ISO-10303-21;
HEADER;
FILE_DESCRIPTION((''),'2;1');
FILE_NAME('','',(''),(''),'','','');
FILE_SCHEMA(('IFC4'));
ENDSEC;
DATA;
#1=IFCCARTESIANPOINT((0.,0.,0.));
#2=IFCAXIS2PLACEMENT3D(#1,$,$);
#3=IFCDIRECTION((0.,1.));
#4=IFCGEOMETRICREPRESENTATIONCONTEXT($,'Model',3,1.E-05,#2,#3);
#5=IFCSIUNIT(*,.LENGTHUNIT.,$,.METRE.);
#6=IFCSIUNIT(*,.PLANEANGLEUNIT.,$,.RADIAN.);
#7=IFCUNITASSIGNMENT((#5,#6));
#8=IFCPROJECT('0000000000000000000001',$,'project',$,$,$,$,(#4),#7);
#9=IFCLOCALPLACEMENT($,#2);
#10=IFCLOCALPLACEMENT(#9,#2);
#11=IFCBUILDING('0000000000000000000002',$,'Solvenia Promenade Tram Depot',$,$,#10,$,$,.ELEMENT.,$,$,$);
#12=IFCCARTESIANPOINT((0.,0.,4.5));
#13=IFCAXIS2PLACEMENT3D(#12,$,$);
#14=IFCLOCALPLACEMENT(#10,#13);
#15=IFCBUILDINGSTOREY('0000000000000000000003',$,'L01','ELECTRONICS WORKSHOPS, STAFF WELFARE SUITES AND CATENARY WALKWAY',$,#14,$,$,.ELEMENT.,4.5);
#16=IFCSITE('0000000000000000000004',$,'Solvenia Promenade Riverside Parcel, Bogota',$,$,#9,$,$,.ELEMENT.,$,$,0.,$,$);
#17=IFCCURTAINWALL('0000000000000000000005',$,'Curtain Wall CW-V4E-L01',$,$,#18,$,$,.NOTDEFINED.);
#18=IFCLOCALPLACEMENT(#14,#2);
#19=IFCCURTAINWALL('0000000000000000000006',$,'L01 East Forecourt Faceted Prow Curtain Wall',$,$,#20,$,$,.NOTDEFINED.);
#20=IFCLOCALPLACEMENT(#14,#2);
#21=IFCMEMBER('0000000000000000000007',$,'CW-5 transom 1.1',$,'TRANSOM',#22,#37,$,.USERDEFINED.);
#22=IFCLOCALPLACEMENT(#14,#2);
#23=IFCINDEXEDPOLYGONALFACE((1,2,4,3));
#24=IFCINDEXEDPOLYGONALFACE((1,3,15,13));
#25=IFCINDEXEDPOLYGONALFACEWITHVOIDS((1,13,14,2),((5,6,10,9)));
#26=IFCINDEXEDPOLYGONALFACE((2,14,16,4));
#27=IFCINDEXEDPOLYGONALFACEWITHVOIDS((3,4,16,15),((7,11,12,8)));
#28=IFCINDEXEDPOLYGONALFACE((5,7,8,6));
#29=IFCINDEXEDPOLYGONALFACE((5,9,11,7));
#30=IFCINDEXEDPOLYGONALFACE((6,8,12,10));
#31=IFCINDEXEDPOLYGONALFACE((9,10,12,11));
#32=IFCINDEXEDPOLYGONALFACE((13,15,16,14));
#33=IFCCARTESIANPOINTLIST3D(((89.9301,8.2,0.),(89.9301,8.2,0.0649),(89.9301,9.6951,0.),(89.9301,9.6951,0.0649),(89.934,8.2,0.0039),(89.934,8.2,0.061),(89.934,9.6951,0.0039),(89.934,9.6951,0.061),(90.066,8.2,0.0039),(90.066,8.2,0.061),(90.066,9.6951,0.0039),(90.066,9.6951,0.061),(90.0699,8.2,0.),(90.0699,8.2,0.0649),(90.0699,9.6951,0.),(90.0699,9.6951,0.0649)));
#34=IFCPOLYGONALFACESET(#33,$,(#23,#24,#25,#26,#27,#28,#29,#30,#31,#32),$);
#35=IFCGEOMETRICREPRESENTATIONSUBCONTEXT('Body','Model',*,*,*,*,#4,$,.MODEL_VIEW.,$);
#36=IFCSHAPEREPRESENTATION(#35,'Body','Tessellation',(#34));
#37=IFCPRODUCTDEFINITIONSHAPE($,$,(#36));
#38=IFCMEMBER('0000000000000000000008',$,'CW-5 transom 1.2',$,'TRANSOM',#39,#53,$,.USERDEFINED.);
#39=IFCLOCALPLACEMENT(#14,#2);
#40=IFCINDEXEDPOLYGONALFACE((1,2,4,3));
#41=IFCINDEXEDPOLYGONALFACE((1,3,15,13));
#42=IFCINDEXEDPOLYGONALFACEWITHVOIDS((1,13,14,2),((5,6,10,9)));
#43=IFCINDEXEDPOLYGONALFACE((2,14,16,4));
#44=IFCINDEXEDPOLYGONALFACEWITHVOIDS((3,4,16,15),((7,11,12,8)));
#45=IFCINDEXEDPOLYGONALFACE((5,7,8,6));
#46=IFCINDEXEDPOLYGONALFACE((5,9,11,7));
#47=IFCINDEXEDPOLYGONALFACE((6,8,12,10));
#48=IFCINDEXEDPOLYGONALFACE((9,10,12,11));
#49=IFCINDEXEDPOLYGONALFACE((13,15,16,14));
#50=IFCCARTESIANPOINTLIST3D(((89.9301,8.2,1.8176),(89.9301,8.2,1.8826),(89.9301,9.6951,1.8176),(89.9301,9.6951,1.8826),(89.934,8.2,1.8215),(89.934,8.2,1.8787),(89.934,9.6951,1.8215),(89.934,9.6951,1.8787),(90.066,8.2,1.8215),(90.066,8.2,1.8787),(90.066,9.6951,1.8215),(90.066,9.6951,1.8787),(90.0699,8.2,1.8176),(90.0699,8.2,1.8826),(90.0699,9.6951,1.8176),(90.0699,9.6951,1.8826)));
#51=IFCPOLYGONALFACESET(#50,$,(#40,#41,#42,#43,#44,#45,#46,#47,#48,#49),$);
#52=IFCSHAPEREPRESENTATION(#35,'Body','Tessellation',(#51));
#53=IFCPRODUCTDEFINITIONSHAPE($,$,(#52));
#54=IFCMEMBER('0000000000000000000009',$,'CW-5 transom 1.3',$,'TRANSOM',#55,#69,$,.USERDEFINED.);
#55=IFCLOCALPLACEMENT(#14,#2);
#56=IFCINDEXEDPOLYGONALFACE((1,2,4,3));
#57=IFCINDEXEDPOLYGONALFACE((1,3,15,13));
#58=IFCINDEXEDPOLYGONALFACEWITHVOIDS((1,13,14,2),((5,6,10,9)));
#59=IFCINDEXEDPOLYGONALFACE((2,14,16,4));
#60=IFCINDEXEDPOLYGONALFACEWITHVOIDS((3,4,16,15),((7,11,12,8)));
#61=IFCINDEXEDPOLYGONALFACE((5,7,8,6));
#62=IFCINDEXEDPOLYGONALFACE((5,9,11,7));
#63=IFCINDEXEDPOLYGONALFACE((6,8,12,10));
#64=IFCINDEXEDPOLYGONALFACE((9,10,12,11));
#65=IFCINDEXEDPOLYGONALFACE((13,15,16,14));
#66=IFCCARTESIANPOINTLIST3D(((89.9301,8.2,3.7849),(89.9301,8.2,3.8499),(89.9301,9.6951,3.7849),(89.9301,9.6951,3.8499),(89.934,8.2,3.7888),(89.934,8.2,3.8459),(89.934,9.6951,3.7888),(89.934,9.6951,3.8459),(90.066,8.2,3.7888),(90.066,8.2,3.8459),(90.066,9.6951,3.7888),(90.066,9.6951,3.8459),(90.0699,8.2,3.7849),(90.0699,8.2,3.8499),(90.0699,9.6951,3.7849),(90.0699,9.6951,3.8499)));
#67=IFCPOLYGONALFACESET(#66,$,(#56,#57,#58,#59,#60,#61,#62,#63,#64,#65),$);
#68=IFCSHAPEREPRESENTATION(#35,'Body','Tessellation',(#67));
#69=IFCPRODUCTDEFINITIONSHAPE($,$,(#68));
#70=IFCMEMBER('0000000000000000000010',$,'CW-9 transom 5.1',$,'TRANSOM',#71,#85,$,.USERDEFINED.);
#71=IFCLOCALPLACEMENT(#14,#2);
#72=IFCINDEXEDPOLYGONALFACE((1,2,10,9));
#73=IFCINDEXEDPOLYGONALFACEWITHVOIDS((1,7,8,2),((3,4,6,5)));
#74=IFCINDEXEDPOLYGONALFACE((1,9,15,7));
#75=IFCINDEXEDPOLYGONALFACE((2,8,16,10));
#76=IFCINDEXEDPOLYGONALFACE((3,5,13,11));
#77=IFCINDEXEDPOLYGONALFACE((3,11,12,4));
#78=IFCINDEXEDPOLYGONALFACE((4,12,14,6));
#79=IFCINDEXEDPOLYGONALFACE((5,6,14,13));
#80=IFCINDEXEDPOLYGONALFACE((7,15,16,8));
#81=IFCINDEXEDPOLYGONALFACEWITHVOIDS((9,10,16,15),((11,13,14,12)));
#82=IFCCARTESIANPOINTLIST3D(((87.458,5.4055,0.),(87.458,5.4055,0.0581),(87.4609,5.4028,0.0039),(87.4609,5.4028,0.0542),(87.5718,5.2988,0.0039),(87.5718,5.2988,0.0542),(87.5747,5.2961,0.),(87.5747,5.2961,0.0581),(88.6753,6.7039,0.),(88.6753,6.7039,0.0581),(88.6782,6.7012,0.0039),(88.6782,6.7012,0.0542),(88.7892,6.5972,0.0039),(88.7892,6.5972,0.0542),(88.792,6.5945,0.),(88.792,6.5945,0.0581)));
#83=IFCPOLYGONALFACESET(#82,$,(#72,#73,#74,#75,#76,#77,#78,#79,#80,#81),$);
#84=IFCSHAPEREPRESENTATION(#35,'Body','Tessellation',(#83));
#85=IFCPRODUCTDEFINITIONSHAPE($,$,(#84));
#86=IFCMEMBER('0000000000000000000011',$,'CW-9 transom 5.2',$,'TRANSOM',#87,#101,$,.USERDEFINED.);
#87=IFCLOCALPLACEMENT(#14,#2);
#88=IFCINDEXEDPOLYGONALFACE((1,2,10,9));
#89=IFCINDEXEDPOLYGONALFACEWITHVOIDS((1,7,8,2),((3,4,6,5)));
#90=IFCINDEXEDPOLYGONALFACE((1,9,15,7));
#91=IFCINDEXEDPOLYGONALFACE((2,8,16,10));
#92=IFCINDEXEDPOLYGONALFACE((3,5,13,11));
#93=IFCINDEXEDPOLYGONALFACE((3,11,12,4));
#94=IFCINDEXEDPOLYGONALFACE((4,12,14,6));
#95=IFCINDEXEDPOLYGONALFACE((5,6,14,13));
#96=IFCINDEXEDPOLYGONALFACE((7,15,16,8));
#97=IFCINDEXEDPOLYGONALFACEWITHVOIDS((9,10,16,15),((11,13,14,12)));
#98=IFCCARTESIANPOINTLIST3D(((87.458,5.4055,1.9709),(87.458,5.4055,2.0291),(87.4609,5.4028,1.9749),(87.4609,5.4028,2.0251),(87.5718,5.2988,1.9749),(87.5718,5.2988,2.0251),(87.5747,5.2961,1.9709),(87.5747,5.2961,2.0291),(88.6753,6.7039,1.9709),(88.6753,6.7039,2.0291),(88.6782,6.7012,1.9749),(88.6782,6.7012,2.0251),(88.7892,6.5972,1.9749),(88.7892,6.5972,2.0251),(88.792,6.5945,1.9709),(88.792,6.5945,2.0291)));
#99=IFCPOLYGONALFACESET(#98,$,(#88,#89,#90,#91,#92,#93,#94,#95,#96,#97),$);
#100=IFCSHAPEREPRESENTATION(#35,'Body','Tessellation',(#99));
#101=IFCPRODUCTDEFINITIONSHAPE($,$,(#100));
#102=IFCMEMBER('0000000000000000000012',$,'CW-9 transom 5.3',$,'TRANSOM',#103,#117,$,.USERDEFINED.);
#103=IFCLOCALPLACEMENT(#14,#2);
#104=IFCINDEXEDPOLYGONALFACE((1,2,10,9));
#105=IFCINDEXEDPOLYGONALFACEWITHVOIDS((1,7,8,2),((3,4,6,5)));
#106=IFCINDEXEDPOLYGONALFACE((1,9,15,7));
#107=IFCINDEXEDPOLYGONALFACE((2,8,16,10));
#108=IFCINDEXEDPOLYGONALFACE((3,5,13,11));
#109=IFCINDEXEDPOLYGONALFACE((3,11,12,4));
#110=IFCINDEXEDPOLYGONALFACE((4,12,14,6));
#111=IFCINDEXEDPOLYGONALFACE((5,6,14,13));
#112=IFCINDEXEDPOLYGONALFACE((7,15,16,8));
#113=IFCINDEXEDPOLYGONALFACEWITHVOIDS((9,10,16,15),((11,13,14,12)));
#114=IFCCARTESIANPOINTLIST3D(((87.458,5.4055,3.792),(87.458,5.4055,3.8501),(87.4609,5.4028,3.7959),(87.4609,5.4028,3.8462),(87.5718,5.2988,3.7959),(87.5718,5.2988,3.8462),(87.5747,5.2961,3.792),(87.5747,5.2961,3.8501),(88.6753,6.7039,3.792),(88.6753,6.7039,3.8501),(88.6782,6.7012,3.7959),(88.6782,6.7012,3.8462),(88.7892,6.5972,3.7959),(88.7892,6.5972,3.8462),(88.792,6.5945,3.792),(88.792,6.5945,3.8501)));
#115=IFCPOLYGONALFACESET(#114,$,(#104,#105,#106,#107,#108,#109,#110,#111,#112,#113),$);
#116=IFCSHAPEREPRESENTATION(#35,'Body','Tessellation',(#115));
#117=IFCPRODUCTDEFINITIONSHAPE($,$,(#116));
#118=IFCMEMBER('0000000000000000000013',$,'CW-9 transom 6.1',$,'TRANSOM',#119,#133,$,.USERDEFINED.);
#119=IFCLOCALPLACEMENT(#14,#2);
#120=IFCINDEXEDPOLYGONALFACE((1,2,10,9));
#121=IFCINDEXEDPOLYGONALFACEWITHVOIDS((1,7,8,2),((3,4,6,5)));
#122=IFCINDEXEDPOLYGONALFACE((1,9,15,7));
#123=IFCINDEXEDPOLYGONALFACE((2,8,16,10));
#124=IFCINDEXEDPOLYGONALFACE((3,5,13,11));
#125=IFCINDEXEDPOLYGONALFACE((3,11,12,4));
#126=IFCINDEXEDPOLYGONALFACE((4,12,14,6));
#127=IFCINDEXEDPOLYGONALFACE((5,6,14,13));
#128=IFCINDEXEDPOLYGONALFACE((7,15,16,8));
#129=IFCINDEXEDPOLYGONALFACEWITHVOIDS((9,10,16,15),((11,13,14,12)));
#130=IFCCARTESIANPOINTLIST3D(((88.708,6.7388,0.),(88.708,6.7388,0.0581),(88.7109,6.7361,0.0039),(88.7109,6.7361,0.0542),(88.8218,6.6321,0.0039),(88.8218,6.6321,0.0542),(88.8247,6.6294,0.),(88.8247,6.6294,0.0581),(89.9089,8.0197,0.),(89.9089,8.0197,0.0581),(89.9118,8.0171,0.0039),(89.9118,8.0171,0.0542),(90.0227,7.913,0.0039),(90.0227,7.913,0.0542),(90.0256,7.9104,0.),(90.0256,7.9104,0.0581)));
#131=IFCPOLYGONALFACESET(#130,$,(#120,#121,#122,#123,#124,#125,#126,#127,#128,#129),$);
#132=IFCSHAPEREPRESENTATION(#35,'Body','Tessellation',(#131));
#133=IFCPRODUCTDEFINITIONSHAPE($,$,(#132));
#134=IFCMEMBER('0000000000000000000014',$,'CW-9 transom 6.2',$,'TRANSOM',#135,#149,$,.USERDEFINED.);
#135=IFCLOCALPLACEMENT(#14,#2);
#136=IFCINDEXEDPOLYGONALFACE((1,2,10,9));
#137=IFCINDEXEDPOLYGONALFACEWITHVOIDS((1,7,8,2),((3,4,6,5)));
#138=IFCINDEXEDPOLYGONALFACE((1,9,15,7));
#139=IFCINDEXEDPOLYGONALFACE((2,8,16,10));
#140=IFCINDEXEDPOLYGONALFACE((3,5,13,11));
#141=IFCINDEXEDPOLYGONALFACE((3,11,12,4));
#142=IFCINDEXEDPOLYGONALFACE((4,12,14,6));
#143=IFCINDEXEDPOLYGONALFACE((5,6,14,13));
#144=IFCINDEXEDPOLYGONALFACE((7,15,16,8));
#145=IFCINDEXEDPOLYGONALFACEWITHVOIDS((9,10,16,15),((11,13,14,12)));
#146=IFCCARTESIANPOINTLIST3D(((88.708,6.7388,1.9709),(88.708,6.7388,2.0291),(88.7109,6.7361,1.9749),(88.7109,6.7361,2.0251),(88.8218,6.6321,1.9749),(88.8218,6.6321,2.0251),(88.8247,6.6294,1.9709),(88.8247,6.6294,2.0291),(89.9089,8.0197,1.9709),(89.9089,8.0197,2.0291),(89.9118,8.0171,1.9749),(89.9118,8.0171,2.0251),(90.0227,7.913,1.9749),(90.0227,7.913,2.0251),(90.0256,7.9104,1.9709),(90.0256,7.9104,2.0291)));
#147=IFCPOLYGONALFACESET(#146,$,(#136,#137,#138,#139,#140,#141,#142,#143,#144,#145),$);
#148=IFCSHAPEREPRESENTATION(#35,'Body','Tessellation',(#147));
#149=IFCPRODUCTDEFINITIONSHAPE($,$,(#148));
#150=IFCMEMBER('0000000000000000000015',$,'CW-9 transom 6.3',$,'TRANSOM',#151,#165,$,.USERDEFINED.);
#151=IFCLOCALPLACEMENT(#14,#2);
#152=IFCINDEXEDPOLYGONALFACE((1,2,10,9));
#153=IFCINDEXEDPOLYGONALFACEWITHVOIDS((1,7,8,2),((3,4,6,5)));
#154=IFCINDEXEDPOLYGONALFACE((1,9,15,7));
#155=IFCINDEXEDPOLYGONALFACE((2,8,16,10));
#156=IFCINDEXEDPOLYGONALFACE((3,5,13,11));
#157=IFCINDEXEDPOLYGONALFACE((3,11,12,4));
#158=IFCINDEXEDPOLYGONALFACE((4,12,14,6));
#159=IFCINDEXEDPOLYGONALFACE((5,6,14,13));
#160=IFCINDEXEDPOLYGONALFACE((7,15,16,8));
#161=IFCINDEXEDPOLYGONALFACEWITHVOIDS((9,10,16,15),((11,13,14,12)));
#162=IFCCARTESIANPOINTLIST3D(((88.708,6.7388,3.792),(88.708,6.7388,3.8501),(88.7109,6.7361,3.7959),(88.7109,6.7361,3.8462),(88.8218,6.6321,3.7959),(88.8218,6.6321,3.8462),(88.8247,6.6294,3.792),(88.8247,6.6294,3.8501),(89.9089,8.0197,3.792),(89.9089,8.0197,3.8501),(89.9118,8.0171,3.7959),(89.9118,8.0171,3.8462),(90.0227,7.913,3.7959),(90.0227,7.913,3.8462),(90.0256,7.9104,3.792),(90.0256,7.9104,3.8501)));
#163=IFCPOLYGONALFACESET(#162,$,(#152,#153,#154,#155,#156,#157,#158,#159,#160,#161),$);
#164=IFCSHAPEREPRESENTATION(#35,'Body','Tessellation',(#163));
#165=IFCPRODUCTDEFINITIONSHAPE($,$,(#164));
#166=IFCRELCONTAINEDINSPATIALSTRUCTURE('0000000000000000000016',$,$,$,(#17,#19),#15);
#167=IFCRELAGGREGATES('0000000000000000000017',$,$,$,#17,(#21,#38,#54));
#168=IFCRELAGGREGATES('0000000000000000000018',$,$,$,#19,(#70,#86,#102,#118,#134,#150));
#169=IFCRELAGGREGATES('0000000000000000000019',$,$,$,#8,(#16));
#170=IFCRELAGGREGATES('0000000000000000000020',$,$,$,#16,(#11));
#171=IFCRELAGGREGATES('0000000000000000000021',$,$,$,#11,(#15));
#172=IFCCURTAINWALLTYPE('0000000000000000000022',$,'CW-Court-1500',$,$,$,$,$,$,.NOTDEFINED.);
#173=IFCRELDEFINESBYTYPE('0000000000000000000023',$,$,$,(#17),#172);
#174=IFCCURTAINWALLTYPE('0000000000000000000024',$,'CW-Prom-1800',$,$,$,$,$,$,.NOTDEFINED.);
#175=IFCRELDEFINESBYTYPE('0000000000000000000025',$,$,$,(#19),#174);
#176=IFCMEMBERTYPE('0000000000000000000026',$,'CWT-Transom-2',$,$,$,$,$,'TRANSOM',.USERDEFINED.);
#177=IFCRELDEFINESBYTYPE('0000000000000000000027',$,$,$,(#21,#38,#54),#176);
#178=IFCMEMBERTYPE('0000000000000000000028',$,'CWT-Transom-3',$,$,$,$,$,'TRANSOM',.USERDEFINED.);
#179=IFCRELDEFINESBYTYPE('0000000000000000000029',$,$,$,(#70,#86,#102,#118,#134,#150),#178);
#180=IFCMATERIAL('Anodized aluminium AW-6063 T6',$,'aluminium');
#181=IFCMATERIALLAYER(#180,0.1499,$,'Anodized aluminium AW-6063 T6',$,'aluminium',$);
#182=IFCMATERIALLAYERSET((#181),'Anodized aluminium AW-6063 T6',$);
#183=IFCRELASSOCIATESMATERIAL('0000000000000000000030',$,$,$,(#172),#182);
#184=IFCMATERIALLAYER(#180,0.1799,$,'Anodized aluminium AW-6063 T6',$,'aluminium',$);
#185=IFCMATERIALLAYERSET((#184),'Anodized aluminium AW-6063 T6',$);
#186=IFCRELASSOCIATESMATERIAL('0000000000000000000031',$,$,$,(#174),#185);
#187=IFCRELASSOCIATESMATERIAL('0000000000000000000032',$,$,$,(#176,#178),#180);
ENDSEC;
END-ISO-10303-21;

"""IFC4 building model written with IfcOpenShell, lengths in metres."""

from ifc_helpers import new_model, si_unit, direction, frame, origin, origin_2d, place, context, subcontext, project, spatial, hollow_rectangle, extrude, material, layer, layer_set, material_profile, profile_set, type_object, element, aggregate, save


model = new_model("IFC4")

# Units and contexts
model_context = context("Model", 3, precision=1e-05, world=origin(), true_north=direction((0.0, 1.0)))
body_context = subcontext(model_context, "Body", "Model", "MODEL_VIEW")
ifc_project = project(units=[si_unit("LENGTHUNIT", "METRE"), si_unit("PLANEANGLEUNIT", "RADIAN")], contexts=[model_context])

# Site, building, storey
site_placement = place(None, origin())
site = spatial("IfcSite", under=ifc_project, at=site_placement, Name="Solvenia Promenade Riverside Parcel, Bogota", CompositionType="ELEMENT", RefElevation=0.0)
building_placement = place(site_placement, origin())
building = spatial("IfcBuilding", under=site, at=building_placement, Name="Solvenia Promenade Tram Depot", CompositionType="ELEMENT")
storey_placement = place(building_placement, frame((0.0, 0.0, 4.5)))
storey = spatial("IfcBuildingStorey", under=building, at=storey_placement, Name="L01", Description="ELECTRONICS WORKSHOPS, STAFF WELFARE SUITES AND CATENARY WALKWAY", CompositionType="ELEMENT", Elevation=4.5)

# Curtain walls
ifc_material_1 = material(Name="Anodized aluminium AW-6063 T6", Category="aluminium")
ifc_layer_1 = layer(ifc_material_1, 0.1499, Name="Anodized aluminium AW-6063 T6", Category="aluminium")
ifc_layer_set_1 = layer_set([ifc_layer_1], Name="Anodized aluminium AW-6063 T6")
curtain_wall_type_1 = type_object("IfcCurtainWallType", Name="CW-Court-1500", PredefinedType="NOTDEFINED", material=ifc_layer_set_1)
curtain_wall_1_placement = place(storey_placement, origin())
curtain_wall_1 = element("IfcCurtainWall", 1, at=curtain_wall_1_placement, inside=storey, type_object=curtain_wall_type_1, Name="Curtain Wall CW-V4E-L01", PredefinedType="NOTDEFINED")
ifc_layer_2 = layer(ifc_material_1, 0.1799, Name="Anodized aluminium AW-6063 T6", Category="aluminium")
ifc_layer_set_2 = layer_set([ifc_layer_2], Name="Anodized aluminium AW-6063 T6")
curtain_wall_type_2 = type_object("IfcCurtainWallType", Name="CW-Prom-1800", PredefinedType="NOTDEFINED", material=ifc_layer_set_2)
curtain_wall_2_placement = place(storey_placement, origin())
curtain_wall_2 = element("IfcCurtainWall", 2, at=curtain_wall_2_placement, inside=storey, type_object=curtain_wall_type_2, Name="L01 East Forecourt Faceted Prow Curtain Wall", PredefinedType="NOTDEFINED")

# Members
ifc_material_profile_1 = material_profile(ifc_material_1, hollow_rectangle(XDim=0.1399, YDim=0.0649, WallThickness=0.0039, at=origin_2d()), Name="ALU-T2", Category="aluminium")
ifc_profile_set_1 = profile_set([ifc_material_profile_1], Name="Anodized aluminium AW-6063 T6")
member_type_1 = type_object("IfcMemberType", Name="CWT-Transom-2", ElementType="TRANSOM", PredefinedType="USERDEFINED", material=ifc_profile_set_1)
member_1_placement = place(storey_placement, frame((90.0, 8.2, 0.0325), z_axis=(0.0, 1.0, 0.0), x_axis=(-1.0, 0.0, 0.0)))
member_1 = element("IfcMember", 3, at=member_1_placement, type_object=member_type_1, Name="CW-5 transom 1.1", ObjectType="TRANSOM", PredefinedType="USERDEFINED", context=body_context, shape_type="SweptSolid", body=[
    extrude(hollow_rectangle(XDim=0.1399, YDim=0.0649, WallThickness=0.0039, at=origin_2d()), origin(), (0.0, 0.0, 1.0), 1.4951),
])
member_2_placement = place(storey_placement, frame((90.0, 8.2, 1.8501), z_axis=(0.0, 1.0, 0.0), x_axis=(-1.0, 0.0, 0.0)))
member_2 = element("IfcMember", 4, at=member_2_placement, type_object=member_type_1, Name="CW-5 transom 1.2", ObjectType="TRANSOM", PredefinedType="USERDEFINED", context=body_context, shape_type="SweptSolid", body=[
    extrude(hollow_rectangle(XDim=0.1399, YDim=0.0649, WallThickness=0.0039, at=origin_2d()), origin(), (0.0, 0.0, 1.0), 1.4951),
])
member_3_placement = place(storey_placement, frame((90.0, 8.2, 3.8174), z_axis=(0.0, 1.0, 0.0), x_axis=(-1.0, 0.0, 0.0)))
member_3 = element("IfcMember", 5, at=member_3_placement, type_object=member_type_1, Name="CW-5 transom 1.3", ObjectType="TRANSOM", PredefinedType="USERDEFINED", context=body_context, shape_type="SweptSolid", body=[
    extrude(hollow_rectangle(XDim=0.1399, YDim=0.0649, WallThickness=0.0039, at=origin_2d()), origin(), (0.0, 0.0, 1.0), 1.4951),
])
ifc_material_profile_2 = material_profile(ifc_material_1, hollow_rectangle(XDim=0.1599, YDim=0.0581, WallThickness=0.0039, at=origin_2d()), Name="ALU-T3", Category="aluminium")
ifc_profile_set_2 = profile_set([ifc_material_profile_2], Name="Anodized aluminium AW-6063 T6")
member_type_2 = type_object("IfcMemberType", Name="CWT-Transom-3", ElementType="TRANSOM", PredefinedType="USERDEFINED", material=ifc_profile_set_2)
member_4_placement = place(storey_placement, frame((87.5164, 5.3508, 0.0291), z_axis=(0.683969, 0.729512, 0.0), x_axis=(-0.729512, 0.683969, 0.0)))
member_4 = element("IfcMember", 6, at=member_4_placement, type_object=member_type_2, Name="CW-9 transom 5.1", ObjectType="TRANSOM", PredefinedType="USERDEFINED", context=body_context, shape_type="SweptSolid", body=[
    extrude(hollow_rectangle(XDim=0.1599, YDim=0.0581, WallThickness=0.0039, at=origin_2d()), origin(), (0.0, 0.0, 1.0), 1.7798),
])
member_5_placement = place(storey_placement, frame((87.5164, 5.3508, 2.0), z_axis=(0.683969, 0.729512, 0.0), x_axis=(-0.729512, 0.683969, 0.0)))
member_5 = element("IfcMember", 7, at=member_5_placement, type_object=member_type_2, Name="CW-9 transom 5.2", ObjectType="TRANSOM", PredefinedType="USERDEFINED", context=body_context, shape_type="SweptSolid", body=[
    extrude(hollow_rectangle(XDim=0.1599, YDim=0.0581, WallThickness=0.0039, at=origin_2d()), origin(), (0.0, 0.0, 1.0), 1.7798),
])
member_6_placement = place(storey_placement, frame((87.5164, 5.3508, 3.821), z_axis=(0.683969, 0.729512, 0.0), x_axis=(-0.729512, 0.683969, 0.0)))
member_6 = element("IfcMember", 8, at=member_6_placement, type_object=member_type_2, Name="CW-9 transom 5.3", ObjectType="TRANSOM", PredefinedType="USERDEFINED", context=body_context, shape_type="SweptSolid", body=[
    extrude(hollow_rectangle(XDim=0.1599, YDim=0.0581, WallThickness=0.0039, at=origin_2d()), origin(), (0.0, 0.0, 1.0), 1.7798),
])
member_7_placement = place(storey_placement, frame((88.7664, 6.6841, 0.0291), z_axis=(0.683937, 0.729542, 0.0), x_axis=(-0.729542, 0.683937, 0.0)))
member_7 = element("IfcMember", 9, at=member_7_placement, type_object=member_type_2, Name="CW-9 transom 6.1", ObjectType="TRANSOM", PredefinedType="USERDEFINED", context=body_context, shape_type="SweptSolid", body=[
    extrude(hollow_rectangle(XDim=0.1599, YDim=0.0581, WallThickness=0.0039, at=origin_2d()), origin(), (0.0, 0.0, 1.0), 1.7559),
])
member_8_placement = place(storey_placement, frame((88.7664, 6.6841, 2.0), z_axis=(0.683937, 0.729542, 0.0), x_axis=(-0.729542, 0.683937, 0.0)))
member_8 = element("IfcMember", 10, at=member_8_placement, type_object=member_type_2, Name="CW-9 transom 6.2", ObjectType="TRANSOM", PredefinedType="USERDEFINED", context=body_context, shape_type="SweptSolid", body=[
    extrude(hollow_rectangle(XDim=0.1599, YDim=0.0581, WallThickness=0.0039, at=origin_2d()), origin(), (0.0, 0.0, 1.0), 1.7559),
])
member_9_placement = place(storey_placement, frame((88.7664, 6.6841, 3.821), z_axis=(0.683937, 0.729542, 0.0), x_axis=(-0.729542, 0.683937, 0.0)))
member_9 = element("IfcMember", 11, at=member_9_placement, type_object=member_type_2, Name="CW-9 transom 6.3", ObjectType="TRANSOM", PredefinedType="USERDEFINED", context=body_context, shape_type="SweptSolid", body=[
    extrude(hollow_rectangle(XDim=0.1599, YDim=0.0581, WallThickness=0.0039, at=origin_2d()), origin(), (0.0, 0.0, 1.0), 1.7559),
])

aggregate(curtain_wall_1, [member_1, member_2, member_3])
aggregate(curtain_wall_2, [member_4, member_5, member_6, member_7, member_8, member_9])

save(model, "model.ifc")
